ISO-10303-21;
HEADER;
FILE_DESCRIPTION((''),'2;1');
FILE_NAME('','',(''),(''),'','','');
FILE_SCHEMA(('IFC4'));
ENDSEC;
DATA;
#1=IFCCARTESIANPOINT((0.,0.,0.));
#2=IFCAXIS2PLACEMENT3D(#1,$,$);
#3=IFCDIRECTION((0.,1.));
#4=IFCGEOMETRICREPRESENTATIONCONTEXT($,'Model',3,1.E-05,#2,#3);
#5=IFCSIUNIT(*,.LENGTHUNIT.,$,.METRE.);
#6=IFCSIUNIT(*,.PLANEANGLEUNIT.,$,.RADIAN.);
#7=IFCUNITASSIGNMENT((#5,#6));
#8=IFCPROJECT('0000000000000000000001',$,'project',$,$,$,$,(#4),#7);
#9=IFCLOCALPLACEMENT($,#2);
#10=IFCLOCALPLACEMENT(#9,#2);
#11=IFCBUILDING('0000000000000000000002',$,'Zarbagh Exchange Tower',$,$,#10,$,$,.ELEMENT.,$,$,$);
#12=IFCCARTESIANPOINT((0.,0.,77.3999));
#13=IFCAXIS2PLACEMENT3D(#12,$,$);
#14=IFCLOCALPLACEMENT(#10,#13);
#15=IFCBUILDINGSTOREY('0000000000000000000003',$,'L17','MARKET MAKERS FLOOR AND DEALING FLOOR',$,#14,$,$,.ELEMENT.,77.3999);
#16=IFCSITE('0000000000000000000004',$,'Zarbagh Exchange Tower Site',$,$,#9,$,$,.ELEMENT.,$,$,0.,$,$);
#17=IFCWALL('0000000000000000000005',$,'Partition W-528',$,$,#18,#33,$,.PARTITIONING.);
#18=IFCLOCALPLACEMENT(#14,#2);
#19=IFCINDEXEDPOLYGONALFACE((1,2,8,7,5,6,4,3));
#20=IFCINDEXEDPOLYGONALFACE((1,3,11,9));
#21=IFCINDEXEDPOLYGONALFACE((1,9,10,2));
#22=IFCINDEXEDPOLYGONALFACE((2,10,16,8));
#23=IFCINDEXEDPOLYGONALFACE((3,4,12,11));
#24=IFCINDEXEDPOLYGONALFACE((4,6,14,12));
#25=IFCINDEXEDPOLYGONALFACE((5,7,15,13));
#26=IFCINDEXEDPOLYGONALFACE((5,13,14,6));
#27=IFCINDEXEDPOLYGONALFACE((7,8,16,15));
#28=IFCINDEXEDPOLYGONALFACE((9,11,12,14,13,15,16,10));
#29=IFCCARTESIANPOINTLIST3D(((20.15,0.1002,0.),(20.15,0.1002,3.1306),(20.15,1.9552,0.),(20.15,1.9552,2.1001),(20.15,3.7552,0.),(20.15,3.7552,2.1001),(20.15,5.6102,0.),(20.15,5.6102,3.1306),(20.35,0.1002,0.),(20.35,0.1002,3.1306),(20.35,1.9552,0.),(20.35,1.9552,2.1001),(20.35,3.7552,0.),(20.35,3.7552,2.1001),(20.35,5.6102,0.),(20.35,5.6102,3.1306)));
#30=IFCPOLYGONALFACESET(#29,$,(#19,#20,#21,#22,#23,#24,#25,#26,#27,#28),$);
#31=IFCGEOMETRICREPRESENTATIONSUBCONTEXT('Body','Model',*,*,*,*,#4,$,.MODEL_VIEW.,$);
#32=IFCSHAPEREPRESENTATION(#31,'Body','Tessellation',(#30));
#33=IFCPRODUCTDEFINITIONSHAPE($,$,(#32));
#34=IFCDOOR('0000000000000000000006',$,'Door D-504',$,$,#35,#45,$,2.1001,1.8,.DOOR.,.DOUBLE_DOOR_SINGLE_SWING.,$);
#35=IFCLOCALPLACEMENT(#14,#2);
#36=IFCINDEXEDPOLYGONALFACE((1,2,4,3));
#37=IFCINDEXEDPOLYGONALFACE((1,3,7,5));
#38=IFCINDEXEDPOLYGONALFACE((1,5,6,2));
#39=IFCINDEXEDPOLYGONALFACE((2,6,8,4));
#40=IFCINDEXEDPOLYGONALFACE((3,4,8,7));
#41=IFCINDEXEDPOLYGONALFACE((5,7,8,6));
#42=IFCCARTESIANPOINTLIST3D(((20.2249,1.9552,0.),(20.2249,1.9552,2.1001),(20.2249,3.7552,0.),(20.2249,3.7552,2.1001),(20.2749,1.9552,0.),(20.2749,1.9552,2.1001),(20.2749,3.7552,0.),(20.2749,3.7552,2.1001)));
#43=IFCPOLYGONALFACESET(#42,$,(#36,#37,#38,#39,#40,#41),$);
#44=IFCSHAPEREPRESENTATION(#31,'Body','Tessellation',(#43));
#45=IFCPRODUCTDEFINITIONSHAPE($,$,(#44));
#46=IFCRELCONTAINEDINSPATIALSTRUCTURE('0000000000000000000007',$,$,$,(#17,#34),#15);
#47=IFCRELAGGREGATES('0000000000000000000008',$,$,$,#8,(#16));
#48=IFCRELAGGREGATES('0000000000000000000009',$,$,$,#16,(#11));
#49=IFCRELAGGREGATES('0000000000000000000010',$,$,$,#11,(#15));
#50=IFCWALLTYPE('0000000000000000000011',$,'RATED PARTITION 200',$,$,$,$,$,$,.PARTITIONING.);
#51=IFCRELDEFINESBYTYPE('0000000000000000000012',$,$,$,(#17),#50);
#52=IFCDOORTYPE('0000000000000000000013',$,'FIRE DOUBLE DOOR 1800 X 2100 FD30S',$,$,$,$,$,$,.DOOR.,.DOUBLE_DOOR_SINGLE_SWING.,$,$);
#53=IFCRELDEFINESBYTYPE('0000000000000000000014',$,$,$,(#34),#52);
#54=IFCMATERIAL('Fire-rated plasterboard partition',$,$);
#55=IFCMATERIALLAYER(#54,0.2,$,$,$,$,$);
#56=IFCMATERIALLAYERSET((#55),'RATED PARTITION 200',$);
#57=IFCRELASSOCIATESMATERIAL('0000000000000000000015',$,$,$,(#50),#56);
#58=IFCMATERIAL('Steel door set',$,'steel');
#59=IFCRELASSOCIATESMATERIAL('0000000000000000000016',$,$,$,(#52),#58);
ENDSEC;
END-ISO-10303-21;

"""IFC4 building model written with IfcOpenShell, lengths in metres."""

from ifc_helpers import new_model, si_unit, direction, frame, frame_2d, origin, place, context, subcontext, project, spatial, rectangle, extrude, material, layer, layer_set, type_object, element, fill, save


model = new_model("IFC4")

# Units and contexts
model_context = context("Model", 3, precision=1e-05, world=origin(), true_north=direction((0.0, 1.0)))
body_context = subcontext(model_context, "Body", "Model", "MODEL_VIEW")
ifc_project = project(units=[si_unit("LENGTHUNIT", "METRE"), si_unit("PLANEANGLEUNIT", "RADIAN")], contexts=[model_context])

# Site, building, storey
site_placement = place(None, origin())
site = spatial("IfcSite", under=ifc_project, at=site_placement, Name="Zarbagh Exchange Tower Site", CompositionType="ELEMENT", RefElevation=0.0)
building_placement = place(site_placement, origin())
building = spatial("IfcBuilding", under=site, at=building_placement, Name="Zarbagh Exchange Tower", CompositionType="ELEMENT")
storey_placement = place(building_placement, frame((0.0, 0.0, 77.3999)))
storey = spatial("IfcBuildingStorey", under=building, at=storey_placement, Name="L17", Description="MARKET MAKERS FLOOR AND DEALING FLOOR", CompositionType="ELEMENT", Elevation=77.3999)

# Shared definitions
ifc_material_1 = material(Name="Fire-rated plasterboard partition")
ifc_layer = layer(ifc_material_1, 0.2)
ifc_layer_set = layer_set([ifc_layer], Name="RATED PARTITION 200")
wall_type = type_object("IfcWallType", Name="RATED PARTITION 200", PredefinedType="PARTITIONING", material=ifc_layer_set)

# Shared definitions
ifc_material_2 = material(Name="Steel door set", Category="steel")

# Wall, opening, door
wall_1_placement = place(storey_placement, frame((20.25, 5.6101, 0.0), z_axis=(0.0, 0.0, 1.0), x_axis=(0.0, -1.0, 0.0)))
wall_1 = element("IfcWall", 1, at=wall_1_placement, inside=storey, type_object=wall_type, Name="Partition W-528", PredefinedType="PARTITIONING", context=body_context, shape_type="SweptSolid", body=[
    extrude(rectangle(XDim=5.51, YDim=0.2, at=frame_2d((2.7549, 0.0))), origin(), (0.0, 0.0, 1.0), 3.1306),
])
opening_1_placement = place(wall_1_placement, frame((1.855, 0.0, 0.0)))
opening_1 = element("IfcOpeningElement", 2, at=opening_1_placement, cuts=wall_1, PredefinedType="OPENING", context=body_context, shape_type="SweptSolid", body=[
    extrude(rectangle(XDim=1.8, YDim=2.1001, at=frame_2d((0.8999, 1.05))), frame((0.0, 0.1099, 0.0), z_axis=(0.0, -1.0, 0.0), x_axis=(1.0, 0.0, 0.0)), (0.0, 0.0, 1.0), 0.22),
])
door_type_1 = type_object("IfcDoorType", Name="FIRE DOUBLE DOOR 1800 X 2100 FD30S", OperationType="DOUBLE_DOOR_SINGLE_SWING", PredefinedType="DOOR", material=ifc_material_2)
door_1_placement = place(opening_1_placement, origin())
door_1 = element("IfcDoor", 3, at=door_1_placement, inside=storey, type_object=door_type_1, Name="Door D-504", OperationType="DOUBLE_DOOR_SINGLE_SWING", OverallHeight=2.1001, OverallWidth=1.8, PredefinedType="DOOR", context=body_context, shape_type="SweptSolid", body=[
    extrude(rectangle(XDim=1.8, YDim=2.1001, at=frame_2d((0.8999, 1.05))), frame((0.0, 0.0249, 0.0), z_axis=(0.0, -1.0, 0.0), x_axis=(1.0, 0.0, 0.0)), (0.0, 0.0, 1.0), 0.05),
])
fill(opening_1, door_1)

save(model, "model.ifc")
